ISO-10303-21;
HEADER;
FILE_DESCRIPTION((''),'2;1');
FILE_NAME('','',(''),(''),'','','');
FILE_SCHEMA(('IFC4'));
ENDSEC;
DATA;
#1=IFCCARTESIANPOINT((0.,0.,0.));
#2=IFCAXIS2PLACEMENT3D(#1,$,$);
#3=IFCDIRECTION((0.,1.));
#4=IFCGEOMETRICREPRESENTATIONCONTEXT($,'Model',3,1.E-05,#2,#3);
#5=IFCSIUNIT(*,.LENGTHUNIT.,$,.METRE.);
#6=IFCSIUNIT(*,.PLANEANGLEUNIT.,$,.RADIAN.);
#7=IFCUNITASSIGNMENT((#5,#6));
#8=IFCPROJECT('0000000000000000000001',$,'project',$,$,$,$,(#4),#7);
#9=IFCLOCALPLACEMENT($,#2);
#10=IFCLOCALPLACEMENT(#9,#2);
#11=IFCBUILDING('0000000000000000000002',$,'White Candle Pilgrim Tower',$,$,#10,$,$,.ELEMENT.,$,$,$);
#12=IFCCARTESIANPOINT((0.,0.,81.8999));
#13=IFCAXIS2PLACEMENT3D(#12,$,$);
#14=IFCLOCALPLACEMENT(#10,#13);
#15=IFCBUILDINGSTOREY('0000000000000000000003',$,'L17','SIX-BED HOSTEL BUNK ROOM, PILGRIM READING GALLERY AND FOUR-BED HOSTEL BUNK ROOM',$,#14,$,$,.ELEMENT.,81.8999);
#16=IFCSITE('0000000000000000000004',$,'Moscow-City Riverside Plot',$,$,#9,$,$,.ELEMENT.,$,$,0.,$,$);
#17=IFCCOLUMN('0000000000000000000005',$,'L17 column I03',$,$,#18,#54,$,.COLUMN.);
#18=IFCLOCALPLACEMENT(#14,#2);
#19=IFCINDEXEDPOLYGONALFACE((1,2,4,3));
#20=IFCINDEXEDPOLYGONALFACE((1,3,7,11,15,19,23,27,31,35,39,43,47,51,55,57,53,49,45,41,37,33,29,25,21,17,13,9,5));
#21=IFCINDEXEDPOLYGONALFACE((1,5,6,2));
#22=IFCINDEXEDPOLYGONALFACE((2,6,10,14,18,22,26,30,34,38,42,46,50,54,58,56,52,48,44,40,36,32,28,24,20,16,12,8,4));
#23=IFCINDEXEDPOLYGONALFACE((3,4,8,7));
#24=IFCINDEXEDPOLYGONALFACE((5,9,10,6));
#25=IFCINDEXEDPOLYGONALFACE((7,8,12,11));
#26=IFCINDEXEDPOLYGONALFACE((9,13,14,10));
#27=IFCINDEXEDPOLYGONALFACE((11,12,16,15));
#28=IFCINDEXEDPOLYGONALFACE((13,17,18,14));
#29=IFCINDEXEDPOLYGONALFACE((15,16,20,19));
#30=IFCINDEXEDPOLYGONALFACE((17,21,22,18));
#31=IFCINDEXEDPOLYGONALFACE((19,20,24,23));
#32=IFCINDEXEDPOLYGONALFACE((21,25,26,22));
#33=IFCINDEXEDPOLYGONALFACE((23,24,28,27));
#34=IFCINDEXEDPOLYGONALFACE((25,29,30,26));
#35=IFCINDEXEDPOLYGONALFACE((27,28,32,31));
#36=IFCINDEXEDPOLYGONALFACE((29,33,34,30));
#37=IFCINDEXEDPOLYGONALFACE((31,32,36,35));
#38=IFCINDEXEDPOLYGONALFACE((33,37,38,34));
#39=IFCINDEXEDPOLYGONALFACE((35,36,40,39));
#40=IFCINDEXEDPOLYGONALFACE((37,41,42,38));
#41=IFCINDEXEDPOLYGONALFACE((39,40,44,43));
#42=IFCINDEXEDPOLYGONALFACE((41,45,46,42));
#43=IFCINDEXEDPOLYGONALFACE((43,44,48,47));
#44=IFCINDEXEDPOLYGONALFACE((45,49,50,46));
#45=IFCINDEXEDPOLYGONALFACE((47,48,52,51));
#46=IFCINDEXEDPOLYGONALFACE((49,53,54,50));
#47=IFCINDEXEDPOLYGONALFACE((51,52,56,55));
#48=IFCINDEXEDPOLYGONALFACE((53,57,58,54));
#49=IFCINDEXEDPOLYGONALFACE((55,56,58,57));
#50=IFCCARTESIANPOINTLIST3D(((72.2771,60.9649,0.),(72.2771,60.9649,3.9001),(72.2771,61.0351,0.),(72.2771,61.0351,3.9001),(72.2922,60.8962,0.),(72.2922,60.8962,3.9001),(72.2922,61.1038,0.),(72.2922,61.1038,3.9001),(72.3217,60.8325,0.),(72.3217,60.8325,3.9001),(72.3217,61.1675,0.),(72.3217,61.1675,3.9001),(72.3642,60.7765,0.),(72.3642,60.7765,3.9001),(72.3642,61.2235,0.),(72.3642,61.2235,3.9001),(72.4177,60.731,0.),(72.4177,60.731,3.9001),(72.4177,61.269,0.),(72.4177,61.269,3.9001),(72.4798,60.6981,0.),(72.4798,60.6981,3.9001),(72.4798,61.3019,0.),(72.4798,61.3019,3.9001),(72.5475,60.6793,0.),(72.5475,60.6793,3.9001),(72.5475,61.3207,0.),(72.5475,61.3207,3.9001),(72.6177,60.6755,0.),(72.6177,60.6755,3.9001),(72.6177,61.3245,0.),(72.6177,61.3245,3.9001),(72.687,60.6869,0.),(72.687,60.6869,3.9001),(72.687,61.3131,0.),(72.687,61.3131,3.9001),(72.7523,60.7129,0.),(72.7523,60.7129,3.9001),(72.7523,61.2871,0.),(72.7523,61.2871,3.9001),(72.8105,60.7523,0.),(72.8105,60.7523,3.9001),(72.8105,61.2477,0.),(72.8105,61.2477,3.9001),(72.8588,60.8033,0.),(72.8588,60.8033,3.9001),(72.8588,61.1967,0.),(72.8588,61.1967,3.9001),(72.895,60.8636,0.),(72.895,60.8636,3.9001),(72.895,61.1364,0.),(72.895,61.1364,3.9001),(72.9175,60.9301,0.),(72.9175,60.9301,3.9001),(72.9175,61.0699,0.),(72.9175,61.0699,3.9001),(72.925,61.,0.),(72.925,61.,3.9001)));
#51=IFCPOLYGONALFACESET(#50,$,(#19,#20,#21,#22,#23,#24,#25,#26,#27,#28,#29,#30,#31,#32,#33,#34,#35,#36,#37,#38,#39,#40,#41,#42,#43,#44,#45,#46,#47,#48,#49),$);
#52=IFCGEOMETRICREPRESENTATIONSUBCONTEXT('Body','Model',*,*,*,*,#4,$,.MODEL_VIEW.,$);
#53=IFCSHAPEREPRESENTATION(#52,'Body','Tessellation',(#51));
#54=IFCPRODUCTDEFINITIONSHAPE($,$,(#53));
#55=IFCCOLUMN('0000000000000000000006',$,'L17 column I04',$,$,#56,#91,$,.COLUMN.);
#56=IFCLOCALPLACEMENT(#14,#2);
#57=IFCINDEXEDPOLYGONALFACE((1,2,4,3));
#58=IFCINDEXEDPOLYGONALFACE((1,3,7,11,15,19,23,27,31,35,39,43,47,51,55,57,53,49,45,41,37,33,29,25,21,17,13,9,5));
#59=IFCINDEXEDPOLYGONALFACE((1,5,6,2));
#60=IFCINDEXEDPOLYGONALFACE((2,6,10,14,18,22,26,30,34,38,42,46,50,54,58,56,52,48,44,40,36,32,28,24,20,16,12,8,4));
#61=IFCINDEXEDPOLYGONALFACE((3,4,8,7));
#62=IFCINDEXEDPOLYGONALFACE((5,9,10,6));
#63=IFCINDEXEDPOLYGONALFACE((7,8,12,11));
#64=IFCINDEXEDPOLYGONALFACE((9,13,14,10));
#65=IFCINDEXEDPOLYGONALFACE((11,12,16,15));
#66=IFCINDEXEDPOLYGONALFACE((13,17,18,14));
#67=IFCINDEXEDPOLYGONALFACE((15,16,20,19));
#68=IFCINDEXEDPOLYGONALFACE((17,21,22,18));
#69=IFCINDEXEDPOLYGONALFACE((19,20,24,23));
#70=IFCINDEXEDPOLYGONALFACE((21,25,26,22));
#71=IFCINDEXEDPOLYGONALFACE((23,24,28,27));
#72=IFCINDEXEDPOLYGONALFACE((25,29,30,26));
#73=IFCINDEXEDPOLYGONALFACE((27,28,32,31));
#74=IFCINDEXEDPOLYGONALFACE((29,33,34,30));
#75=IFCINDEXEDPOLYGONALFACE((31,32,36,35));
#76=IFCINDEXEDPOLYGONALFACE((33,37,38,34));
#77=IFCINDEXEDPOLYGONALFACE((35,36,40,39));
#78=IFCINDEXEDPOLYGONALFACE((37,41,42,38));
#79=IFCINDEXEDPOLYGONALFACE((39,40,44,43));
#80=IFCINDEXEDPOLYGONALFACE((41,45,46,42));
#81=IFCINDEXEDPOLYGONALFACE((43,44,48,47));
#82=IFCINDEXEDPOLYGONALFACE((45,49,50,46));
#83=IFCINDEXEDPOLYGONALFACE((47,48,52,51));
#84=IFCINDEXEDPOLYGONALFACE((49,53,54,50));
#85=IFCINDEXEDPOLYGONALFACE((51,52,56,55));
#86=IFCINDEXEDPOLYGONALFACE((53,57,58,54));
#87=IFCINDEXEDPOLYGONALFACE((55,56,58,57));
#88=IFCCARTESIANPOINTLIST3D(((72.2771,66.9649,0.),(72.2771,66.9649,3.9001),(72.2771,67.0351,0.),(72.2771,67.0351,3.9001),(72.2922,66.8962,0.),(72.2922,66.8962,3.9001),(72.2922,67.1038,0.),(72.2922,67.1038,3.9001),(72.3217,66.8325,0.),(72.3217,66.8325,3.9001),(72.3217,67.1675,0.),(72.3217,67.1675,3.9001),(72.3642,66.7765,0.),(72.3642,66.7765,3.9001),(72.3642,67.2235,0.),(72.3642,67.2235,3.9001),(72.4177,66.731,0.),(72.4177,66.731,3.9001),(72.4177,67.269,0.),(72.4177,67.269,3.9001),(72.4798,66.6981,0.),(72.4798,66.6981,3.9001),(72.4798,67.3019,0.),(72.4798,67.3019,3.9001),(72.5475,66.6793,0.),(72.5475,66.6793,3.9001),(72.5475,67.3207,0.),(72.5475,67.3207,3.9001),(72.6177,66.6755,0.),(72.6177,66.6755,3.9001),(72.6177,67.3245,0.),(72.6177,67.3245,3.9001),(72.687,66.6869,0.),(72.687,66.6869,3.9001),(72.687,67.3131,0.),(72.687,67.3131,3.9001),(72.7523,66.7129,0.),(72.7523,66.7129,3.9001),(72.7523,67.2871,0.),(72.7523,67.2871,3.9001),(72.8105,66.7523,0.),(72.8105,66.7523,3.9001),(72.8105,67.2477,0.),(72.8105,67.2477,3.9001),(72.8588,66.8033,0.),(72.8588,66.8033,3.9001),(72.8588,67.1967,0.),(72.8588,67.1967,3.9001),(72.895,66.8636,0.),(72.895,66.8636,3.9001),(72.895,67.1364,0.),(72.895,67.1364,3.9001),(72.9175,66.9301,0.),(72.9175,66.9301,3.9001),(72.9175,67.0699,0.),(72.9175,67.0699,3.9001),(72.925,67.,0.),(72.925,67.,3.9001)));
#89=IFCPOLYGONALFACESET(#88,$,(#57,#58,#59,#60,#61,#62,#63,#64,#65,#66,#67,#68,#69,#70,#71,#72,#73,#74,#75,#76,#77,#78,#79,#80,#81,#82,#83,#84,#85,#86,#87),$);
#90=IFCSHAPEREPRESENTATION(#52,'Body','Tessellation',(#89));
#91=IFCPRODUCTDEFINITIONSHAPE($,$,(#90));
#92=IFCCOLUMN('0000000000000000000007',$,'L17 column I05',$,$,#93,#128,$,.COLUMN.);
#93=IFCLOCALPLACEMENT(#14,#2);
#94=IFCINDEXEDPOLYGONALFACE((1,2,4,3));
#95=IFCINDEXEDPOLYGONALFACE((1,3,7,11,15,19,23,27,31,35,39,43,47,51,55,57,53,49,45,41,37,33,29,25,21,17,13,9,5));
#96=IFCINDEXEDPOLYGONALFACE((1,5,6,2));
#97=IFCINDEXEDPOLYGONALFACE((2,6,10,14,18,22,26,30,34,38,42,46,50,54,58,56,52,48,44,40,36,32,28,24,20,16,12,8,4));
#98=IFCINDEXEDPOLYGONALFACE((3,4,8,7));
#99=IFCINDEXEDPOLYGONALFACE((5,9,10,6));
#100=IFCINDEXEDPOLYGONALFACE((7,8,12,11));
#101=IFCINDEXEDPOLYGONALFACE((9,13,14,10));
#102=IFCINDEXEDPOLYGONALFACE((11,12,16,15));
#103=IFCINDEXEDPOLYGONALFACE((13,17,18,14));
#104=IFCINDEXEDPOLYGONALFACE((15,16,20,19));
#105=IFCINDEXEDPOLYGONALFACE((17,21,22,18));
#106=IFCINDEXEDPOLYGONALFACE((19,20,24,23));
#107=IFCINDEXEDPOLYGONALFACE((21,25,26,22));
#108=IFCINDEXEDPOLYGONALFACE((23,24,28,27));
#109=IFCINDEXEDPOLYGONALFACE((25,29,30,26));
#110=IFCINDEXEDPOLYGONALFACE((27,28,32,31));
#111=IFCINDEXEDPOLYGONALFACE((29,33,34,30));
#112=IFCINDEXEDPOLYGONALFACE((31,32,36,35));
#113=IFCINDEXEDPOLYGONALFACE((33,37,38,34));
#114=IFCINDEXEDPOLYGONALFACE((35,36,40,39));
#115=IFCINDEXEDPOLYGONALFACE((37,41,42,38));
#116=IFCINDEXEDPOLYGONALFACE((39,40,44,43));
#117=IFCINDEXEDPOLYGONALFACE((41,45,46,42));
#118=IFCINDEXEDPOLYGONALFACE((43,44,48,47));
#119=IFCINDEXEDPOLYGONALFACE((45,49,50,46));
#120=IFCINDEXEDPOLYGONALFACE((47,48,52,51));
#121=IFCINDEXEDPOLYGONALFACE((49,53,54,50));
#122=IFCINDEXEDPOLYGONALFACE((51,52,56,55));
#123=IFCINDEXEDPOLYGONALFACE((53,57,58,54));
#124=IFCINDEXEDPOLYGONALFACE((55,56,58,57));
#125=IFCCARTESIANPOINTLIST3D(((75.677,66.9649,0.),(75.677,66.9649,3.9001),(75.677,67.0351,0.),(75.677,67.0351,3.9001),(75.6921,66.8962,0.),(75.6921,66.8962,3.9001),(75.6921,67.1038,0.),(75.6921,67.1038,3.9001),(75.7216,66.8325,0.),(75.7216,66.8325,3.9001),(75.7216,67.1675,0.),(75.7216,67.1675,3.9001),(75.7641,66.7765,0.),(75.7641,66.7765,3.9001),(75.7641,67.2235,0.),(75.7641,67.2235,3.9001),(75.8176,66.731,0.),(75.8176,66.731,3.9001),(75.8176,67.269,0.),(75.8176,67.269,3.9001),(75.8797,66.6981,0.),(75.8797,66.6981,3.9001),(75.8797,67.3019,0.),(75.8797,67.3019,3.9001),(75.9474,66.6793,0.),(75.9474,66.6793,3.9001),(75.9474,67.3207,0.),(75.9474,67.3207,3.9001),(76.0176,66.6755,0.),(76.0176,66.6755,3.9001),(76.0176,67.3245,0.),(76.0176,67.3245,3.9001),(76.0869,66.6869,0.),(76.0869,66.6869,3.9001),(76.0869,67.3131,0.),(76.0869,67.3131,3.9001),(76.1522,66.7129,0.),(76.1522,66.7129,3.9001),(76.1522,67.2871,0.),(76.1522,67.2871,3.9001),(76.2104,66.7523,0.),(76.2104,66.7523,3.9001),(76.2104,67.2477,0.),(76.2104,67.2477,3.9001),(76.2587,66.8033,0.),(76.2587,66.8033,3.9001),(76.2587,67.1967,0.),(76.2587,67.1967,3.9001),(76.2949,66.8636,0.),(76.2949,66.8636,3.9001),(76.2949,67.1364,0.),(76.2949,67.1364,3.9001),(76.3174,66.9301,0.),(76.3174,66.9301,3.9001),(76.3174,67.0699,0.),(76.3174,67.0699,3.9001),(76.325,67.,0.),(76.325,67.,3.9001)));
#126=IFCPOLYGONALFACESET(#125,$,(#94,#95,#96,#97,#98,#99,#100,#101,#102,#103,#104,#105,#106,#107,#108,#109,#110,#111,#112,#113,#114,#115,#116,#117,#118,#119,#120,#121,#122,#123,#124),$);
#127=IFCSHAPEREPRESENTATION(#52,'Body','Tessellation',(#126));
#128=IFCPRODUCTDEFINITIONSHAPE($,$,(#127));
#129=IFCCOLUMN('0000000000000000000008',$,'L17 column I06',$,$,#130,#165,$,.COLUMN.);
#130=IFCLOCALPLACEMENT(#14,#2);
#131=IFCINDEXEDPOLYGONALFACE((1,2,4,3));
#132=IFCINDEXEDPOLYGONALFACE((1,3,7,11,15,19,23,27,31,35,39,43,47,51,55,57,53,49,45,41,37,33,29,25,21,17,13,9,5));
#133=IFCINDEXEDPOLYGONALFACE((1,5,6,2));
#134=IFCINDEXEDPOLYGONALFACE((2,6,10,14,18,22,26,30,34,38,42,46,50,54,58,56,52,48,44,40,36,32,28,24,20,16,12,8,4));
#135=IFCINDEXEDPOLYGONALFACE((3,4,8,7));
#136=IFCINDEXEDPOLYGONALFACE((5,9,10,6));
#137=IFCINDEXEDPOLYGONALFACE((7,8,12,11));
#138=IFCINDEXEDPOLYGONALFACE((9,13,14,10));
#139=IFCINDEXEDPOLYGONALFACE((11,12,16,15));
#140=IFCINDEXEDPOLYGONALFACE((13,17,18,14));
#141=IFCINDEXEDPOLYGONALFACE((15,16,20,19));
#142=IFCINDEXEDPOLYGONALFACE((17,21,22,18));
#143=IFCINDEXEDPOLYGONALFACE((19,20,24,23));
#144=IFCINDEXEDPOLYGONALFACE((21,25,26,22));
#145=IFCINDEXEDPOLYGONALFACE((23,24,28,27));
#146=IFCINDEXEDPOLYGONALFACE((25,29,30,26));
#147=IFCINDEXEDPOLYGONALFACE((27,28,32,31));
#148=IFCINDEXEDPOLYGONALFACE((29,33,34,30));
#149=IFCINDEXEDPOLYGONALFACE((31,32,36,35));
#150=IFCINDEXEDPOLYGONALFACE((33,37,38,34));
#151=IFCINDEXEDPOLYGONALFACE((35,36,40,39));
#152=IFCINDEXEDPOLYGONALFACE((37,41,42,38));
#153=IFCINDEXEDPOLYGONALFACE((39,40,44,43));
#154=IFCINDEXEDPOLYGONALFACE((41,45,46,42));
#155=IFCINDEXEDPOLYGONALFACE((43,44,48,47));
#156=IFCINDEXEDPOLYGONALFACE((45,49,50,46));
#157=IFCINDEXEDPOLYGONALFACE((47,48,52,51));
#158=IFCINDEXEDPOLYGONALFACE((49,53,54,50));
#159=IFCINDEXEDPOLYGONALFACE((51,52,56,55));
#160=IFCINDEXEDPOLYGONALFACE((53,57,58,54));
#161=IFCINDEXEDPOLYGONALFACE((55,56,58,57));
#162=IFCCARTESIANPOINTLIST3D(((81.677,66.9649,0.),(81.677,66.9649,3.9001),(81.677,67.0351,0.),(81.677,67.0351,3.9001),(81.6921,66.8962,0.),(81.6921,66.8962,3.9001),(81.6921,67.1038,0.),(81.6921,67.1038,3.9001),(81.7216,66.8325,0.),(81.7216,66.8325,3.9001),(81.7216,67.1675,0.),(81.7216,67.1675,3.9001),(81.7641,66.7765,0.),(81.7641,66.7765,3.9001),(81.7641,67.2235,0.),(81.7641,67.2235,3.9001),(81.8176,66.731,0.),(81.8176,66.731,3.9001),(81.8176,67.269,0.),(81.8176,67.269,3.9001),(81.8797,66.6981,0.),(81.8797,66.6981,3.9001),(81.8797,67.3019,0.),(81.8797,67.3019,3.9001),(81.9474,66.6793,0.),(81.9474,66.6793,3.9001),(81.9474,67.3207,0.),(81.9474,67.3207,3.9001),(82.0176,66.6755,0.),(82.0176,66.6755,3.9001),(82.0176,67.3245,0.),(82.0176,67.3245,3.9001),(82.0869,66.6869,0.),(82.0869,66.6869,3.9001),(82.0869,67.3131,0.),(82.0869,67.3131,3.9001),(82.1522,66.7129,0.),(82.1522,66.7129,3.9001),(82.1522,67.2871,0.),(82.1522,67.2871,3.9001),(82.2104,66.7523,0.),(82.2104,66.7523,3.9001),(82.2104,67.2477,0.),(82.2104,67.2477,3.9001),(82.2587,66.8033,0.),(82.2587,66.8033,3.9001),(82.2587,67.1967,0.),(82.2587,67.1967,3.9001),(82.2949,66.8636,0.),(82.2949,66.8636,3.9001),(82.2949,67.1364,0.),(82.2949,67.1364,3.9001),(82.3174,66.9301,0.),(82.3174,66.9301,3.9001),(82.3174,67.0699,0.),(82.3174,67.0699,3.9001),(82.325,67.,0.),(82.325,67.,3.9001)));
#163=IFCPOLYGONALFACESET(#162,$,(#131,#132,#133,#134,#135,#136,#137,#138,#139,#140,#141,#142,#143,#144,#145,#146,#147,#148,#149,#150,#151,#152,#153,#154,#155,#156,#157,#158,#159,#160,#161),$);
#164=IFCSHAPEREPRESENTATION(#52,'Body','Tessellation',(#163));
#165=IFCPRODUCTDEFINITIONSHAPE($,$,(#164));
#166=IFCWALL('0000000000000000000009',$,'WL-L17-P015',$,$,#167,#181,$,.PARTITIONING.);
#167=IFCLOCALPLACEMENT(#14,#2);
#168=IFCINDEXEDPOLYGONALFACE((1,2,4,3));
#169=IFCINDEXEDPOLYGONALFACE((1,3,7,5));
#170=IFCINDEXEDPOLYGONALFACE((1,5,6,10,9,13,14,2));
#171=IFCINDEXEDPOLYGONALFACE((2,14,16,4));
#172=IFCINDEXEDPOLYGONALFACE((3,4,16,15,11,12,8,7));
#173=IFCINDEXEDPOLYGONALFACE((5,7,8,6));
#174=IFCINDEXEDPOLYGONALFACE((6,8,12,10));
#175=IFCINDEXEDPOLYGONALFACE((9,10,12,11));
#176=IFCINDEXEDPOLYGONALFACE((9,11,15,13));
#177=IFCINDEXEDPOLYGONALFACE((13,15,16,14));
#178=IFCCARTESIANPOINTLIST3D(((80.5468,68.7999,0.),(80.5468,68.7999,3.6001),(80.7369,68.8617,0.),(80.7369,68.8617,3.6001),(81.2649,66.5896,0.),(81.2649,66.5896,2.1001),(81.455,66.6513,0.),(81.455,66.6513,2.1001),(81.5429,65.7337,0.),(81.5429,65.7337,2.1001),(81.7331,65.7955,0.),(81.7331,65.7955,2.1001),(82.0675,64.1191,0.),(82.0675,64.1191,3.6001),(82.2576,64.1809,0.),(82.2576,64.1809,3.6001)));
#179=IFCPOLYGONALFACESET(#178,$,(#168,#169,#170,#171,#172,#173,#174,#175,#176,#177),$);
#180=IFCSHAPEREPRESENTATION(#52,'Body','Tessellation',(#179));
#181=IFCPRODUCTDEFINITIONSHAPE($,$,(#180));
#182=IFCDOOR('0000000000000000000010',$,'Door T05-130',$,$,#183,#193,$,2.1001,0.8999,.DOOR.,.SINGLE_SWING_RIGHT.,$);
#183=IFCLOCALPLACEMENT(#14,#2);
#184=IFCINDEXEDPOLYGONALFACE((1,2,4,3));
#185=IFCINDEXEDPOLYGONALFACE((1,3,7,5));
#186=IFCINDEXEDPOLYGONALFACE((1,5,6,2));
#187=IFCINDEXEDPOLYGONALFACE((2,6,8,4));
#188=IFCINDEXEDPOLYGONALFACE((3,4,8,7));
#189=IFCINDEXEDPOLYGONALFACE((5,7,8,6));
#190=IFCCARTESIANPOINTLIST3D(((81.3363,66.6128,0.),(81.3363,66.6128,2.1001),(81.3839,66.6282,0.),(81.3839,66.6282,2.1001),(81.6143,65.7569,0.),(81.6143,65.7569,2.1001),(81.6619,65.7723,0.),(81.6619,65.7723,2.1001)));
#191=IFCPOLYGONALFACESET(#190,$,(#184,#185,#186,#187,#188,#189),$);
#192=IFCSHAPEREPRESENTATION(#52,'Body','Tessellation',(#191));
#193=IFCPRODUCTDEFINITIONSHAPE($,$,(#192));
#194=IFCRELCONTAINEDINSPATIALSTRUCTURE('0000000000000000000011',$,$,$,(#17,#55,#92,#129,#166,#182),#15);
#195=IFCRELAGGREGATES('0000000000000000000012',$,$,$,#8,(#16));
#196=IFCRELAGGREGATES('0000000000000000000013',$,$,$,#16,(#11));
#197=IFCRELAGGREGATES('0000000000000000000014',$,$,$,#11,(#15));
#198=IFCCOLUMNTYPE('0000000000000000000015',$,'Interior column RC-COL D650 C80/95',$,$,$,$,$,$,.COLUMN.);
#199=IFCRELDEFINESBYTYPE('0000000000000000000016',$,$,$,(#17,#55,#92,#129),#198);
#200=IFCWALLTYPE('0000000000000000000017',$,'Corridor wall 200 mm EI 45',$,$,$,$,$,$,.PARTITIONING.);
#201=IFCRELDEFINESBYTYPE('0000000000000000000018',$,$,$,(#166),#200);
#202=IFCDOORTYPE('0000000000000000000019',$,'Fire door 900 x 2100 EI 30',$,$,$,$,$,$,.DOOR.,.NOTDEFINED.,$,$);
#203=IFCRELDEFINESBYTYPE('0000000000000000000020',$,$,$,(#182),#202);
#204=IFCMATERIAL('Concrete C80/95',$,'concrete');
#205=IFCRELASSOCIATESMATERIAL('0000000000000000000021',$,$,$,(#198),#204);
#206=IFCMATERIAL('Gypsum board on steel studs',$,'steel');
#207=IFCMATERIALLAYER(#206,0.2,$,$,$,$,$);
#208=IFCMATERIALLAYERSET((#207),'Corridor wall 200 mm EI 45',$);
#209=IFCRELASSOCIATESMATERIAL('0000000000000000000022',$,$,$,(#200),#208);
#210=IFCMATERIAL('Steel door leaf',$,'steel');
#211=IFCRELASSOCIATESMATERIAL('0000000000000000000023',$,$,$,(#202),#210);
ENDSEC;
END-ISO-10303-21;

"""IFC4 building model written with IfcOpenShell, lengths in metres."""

from ifc_helpers import new_model, si_unit, direction, frame, frame_2d, origin, origin_2d, place, context, subcontext, project, spatial, rectangle, circle, extrude, material, layer, layer_set, material_profile, profile_set, type_object, element, fill, save


model = new_model("IFC4")

# Units and contexts
model_context = context("Model", 3, precision=1e-05, world=origin(), true_north=direction((0.0, 1.0)))
body_context = subcontext(model_context, "Body", "Model", "MODEL_VIEW")
ifc_project = project(units=[si_unit("LENGTHUNIT", "METRE"), si_unit("PLANEANGLEUNIT", "RADIAN")], contexts=[model_context])

# Site, building, storey
site_placement = place(None, origin())
site = spatial("IfcSite", under=ifc_project, at=site_placement, Name="Moscow-City Riverside Plot", CompositionType="ELEMENT", RefElevation=0.0)
building_placement = place(site_placement, origin())
building = spatial("IfcBuilding", under=site, at=building_placement, Name="White Candle Pilgrim Tower", CompositionType="ELEMENT")
storey_placement = place(building_placement, frame((0.0, 0.0, 81.8999)))
storey = spatial("IfcBuildingStorey", under=building, at=storey_placement, Name="L17", Description="SIX-BED HOSTEL BUNK ROOM, PILGRIM READING GALLERY AND FOUR-BED HOSTEL BUNK ROOM", CompositionType="ELEMENT", Elevation=81.8999)

# Columns
ifc_material_1 = material(Name="Concrete C80/95", Category="concrete")
ifc_material_profile = material_profile(ifc_material_1, circle(Radius=0.325, at=origin_2d()), Name="RC-COL D650")
ifc_profile_set = profile_set([ifc_material_profile], Name="Concrete C80/95")
column_type = type_object("IfcColumnType", Name="Interior column RC-COL D650 C80/95", PredefinedType="COLUMN", material=ifc_profile_set)
for number, where, z_axis, x_axis, name in (
    (1, (72.6001, 61.0, 0.0), (0.0, 0.0, 1.0), (1.0, 0.0, 0.0), "L17 column I03"),
    (2, (72.6001, 67.0, 0.0), (0.0, 0.0, 1.0), (1.0, 0.0, 0.0), "L17 column I04"),
    (3, (76.0, 67.0, 0.0), (0.0, 0.0, 1.0), (1.0, 0.0, 0.0), "L17 column I05"),
    (4, (82.0, 67.0, 0.0), (0.0, 0.0, 1.0), (1.0, 0.0, 0.0), "L17 column I06"),
):
    element("IfcColumn", number, at=place(storey_placement, frame(where, z_axis=z_axis, x_axis=x_axis)), inside=storey, type_object=column_type, Name=name, PredefinedType="COLUMN", context=body_context, shape_type="SweptSolid", body=[
        extrude(circle(Radius=0.325, at=origin_2d()), origin(), (0.0, 0.0, 1.0), 3.9001),
    ])

# Wall, opening, door
ifc_material_2 = material(Name="Gypsum board on steel studs", Category="steel")
ifc_layer_1 = layer(ifc_material_2, 0.2)
ifc_layer_set_1 = layer_set([ifc_layer_1], Name="Corridor wall 200 mm EI 45")
wall_type_1 = type_object("IfcWallType", Name="Corridor wall 200 mm EI 45", PredefinedType="PARTITIONING", material=ifc_layer_set_1)
wall_1_placement = place(storey_placement, frame((82.1626, 64.1499, 0.0), z_axis=(0.0, 0.0, 1.0), x_axis=(-0.308986, 0.951067, 0.0)))
wall_1 = element("IfcWall", 5, at=wall_1_placement, inside=storey, type_object=wall_type_1, Name="WL-L17-P015", PredefinedType="PARTITIONING", context=body_context, shape_type="SweptSolid", body=[
    extrude(rectangle(XDim=4.9216, YDim=0.2, at=frame_2d((2.4609, 0.0))), origin(), (0.0, 0.0, 1.0), 3.6001),
])
opening_1_placement = place(wall_1_placement, frame((1.6978, 0.0, 0.0)))
opening_1 = element("IfcOpeningElement", 6, at=opening_1_placement, cuts=wall_1, PredefinedType="OPENING", context=body_context, shape_type="SweptSolid", body=[
    extrude(rectangle(XDim=0.8999, YDim=2.1001, at=frame_2d((0.45, 1.05))), frame((0.0, 0.1099, 0.0), z_axis=(0.0, -1.0, 0.0), x_axis=(1.0, 0.0, 0.0)), (0.0, 0.0, 1.0), 0.22),
])
ifc_material_3 = material(Name="Steel door leaf", Category="steel")
door_type_1 = type_object("IfcDoorType", Name="Fire door 900 x 2100 EI 30", OperationType="NOTDEFINED", PredefinedType="DOOR", material=ifc_material_3)
door_1_placement = place(opening_1_placement, origin())
door_1 = element("IfcDoor", 7, at=door_1_placement, inside=storey, type_object=door_type_1, Name="Door T05-130", OperationType="SINGLE_SWING_RIGHT", OverallHeight=2.1001, OverallWidth=0.8999, PredefinedType="DOOR", context=body_context, shape_type="SweptSolid", body=[
    extrude(rectangle(XDim=0.8999, YDim=2.1001, at=frame_2d((0.45, 1.05))), frame((0.0, 0.0249, 0.0), z_axis=(0.0, -1.0, 0.0), x_axis=(1.0, 0.0, 0.0)), (0.0, 0.0, 1.0), 0.05),
])
fill(opening_1, door_1)

save(model, "model.ifc")
